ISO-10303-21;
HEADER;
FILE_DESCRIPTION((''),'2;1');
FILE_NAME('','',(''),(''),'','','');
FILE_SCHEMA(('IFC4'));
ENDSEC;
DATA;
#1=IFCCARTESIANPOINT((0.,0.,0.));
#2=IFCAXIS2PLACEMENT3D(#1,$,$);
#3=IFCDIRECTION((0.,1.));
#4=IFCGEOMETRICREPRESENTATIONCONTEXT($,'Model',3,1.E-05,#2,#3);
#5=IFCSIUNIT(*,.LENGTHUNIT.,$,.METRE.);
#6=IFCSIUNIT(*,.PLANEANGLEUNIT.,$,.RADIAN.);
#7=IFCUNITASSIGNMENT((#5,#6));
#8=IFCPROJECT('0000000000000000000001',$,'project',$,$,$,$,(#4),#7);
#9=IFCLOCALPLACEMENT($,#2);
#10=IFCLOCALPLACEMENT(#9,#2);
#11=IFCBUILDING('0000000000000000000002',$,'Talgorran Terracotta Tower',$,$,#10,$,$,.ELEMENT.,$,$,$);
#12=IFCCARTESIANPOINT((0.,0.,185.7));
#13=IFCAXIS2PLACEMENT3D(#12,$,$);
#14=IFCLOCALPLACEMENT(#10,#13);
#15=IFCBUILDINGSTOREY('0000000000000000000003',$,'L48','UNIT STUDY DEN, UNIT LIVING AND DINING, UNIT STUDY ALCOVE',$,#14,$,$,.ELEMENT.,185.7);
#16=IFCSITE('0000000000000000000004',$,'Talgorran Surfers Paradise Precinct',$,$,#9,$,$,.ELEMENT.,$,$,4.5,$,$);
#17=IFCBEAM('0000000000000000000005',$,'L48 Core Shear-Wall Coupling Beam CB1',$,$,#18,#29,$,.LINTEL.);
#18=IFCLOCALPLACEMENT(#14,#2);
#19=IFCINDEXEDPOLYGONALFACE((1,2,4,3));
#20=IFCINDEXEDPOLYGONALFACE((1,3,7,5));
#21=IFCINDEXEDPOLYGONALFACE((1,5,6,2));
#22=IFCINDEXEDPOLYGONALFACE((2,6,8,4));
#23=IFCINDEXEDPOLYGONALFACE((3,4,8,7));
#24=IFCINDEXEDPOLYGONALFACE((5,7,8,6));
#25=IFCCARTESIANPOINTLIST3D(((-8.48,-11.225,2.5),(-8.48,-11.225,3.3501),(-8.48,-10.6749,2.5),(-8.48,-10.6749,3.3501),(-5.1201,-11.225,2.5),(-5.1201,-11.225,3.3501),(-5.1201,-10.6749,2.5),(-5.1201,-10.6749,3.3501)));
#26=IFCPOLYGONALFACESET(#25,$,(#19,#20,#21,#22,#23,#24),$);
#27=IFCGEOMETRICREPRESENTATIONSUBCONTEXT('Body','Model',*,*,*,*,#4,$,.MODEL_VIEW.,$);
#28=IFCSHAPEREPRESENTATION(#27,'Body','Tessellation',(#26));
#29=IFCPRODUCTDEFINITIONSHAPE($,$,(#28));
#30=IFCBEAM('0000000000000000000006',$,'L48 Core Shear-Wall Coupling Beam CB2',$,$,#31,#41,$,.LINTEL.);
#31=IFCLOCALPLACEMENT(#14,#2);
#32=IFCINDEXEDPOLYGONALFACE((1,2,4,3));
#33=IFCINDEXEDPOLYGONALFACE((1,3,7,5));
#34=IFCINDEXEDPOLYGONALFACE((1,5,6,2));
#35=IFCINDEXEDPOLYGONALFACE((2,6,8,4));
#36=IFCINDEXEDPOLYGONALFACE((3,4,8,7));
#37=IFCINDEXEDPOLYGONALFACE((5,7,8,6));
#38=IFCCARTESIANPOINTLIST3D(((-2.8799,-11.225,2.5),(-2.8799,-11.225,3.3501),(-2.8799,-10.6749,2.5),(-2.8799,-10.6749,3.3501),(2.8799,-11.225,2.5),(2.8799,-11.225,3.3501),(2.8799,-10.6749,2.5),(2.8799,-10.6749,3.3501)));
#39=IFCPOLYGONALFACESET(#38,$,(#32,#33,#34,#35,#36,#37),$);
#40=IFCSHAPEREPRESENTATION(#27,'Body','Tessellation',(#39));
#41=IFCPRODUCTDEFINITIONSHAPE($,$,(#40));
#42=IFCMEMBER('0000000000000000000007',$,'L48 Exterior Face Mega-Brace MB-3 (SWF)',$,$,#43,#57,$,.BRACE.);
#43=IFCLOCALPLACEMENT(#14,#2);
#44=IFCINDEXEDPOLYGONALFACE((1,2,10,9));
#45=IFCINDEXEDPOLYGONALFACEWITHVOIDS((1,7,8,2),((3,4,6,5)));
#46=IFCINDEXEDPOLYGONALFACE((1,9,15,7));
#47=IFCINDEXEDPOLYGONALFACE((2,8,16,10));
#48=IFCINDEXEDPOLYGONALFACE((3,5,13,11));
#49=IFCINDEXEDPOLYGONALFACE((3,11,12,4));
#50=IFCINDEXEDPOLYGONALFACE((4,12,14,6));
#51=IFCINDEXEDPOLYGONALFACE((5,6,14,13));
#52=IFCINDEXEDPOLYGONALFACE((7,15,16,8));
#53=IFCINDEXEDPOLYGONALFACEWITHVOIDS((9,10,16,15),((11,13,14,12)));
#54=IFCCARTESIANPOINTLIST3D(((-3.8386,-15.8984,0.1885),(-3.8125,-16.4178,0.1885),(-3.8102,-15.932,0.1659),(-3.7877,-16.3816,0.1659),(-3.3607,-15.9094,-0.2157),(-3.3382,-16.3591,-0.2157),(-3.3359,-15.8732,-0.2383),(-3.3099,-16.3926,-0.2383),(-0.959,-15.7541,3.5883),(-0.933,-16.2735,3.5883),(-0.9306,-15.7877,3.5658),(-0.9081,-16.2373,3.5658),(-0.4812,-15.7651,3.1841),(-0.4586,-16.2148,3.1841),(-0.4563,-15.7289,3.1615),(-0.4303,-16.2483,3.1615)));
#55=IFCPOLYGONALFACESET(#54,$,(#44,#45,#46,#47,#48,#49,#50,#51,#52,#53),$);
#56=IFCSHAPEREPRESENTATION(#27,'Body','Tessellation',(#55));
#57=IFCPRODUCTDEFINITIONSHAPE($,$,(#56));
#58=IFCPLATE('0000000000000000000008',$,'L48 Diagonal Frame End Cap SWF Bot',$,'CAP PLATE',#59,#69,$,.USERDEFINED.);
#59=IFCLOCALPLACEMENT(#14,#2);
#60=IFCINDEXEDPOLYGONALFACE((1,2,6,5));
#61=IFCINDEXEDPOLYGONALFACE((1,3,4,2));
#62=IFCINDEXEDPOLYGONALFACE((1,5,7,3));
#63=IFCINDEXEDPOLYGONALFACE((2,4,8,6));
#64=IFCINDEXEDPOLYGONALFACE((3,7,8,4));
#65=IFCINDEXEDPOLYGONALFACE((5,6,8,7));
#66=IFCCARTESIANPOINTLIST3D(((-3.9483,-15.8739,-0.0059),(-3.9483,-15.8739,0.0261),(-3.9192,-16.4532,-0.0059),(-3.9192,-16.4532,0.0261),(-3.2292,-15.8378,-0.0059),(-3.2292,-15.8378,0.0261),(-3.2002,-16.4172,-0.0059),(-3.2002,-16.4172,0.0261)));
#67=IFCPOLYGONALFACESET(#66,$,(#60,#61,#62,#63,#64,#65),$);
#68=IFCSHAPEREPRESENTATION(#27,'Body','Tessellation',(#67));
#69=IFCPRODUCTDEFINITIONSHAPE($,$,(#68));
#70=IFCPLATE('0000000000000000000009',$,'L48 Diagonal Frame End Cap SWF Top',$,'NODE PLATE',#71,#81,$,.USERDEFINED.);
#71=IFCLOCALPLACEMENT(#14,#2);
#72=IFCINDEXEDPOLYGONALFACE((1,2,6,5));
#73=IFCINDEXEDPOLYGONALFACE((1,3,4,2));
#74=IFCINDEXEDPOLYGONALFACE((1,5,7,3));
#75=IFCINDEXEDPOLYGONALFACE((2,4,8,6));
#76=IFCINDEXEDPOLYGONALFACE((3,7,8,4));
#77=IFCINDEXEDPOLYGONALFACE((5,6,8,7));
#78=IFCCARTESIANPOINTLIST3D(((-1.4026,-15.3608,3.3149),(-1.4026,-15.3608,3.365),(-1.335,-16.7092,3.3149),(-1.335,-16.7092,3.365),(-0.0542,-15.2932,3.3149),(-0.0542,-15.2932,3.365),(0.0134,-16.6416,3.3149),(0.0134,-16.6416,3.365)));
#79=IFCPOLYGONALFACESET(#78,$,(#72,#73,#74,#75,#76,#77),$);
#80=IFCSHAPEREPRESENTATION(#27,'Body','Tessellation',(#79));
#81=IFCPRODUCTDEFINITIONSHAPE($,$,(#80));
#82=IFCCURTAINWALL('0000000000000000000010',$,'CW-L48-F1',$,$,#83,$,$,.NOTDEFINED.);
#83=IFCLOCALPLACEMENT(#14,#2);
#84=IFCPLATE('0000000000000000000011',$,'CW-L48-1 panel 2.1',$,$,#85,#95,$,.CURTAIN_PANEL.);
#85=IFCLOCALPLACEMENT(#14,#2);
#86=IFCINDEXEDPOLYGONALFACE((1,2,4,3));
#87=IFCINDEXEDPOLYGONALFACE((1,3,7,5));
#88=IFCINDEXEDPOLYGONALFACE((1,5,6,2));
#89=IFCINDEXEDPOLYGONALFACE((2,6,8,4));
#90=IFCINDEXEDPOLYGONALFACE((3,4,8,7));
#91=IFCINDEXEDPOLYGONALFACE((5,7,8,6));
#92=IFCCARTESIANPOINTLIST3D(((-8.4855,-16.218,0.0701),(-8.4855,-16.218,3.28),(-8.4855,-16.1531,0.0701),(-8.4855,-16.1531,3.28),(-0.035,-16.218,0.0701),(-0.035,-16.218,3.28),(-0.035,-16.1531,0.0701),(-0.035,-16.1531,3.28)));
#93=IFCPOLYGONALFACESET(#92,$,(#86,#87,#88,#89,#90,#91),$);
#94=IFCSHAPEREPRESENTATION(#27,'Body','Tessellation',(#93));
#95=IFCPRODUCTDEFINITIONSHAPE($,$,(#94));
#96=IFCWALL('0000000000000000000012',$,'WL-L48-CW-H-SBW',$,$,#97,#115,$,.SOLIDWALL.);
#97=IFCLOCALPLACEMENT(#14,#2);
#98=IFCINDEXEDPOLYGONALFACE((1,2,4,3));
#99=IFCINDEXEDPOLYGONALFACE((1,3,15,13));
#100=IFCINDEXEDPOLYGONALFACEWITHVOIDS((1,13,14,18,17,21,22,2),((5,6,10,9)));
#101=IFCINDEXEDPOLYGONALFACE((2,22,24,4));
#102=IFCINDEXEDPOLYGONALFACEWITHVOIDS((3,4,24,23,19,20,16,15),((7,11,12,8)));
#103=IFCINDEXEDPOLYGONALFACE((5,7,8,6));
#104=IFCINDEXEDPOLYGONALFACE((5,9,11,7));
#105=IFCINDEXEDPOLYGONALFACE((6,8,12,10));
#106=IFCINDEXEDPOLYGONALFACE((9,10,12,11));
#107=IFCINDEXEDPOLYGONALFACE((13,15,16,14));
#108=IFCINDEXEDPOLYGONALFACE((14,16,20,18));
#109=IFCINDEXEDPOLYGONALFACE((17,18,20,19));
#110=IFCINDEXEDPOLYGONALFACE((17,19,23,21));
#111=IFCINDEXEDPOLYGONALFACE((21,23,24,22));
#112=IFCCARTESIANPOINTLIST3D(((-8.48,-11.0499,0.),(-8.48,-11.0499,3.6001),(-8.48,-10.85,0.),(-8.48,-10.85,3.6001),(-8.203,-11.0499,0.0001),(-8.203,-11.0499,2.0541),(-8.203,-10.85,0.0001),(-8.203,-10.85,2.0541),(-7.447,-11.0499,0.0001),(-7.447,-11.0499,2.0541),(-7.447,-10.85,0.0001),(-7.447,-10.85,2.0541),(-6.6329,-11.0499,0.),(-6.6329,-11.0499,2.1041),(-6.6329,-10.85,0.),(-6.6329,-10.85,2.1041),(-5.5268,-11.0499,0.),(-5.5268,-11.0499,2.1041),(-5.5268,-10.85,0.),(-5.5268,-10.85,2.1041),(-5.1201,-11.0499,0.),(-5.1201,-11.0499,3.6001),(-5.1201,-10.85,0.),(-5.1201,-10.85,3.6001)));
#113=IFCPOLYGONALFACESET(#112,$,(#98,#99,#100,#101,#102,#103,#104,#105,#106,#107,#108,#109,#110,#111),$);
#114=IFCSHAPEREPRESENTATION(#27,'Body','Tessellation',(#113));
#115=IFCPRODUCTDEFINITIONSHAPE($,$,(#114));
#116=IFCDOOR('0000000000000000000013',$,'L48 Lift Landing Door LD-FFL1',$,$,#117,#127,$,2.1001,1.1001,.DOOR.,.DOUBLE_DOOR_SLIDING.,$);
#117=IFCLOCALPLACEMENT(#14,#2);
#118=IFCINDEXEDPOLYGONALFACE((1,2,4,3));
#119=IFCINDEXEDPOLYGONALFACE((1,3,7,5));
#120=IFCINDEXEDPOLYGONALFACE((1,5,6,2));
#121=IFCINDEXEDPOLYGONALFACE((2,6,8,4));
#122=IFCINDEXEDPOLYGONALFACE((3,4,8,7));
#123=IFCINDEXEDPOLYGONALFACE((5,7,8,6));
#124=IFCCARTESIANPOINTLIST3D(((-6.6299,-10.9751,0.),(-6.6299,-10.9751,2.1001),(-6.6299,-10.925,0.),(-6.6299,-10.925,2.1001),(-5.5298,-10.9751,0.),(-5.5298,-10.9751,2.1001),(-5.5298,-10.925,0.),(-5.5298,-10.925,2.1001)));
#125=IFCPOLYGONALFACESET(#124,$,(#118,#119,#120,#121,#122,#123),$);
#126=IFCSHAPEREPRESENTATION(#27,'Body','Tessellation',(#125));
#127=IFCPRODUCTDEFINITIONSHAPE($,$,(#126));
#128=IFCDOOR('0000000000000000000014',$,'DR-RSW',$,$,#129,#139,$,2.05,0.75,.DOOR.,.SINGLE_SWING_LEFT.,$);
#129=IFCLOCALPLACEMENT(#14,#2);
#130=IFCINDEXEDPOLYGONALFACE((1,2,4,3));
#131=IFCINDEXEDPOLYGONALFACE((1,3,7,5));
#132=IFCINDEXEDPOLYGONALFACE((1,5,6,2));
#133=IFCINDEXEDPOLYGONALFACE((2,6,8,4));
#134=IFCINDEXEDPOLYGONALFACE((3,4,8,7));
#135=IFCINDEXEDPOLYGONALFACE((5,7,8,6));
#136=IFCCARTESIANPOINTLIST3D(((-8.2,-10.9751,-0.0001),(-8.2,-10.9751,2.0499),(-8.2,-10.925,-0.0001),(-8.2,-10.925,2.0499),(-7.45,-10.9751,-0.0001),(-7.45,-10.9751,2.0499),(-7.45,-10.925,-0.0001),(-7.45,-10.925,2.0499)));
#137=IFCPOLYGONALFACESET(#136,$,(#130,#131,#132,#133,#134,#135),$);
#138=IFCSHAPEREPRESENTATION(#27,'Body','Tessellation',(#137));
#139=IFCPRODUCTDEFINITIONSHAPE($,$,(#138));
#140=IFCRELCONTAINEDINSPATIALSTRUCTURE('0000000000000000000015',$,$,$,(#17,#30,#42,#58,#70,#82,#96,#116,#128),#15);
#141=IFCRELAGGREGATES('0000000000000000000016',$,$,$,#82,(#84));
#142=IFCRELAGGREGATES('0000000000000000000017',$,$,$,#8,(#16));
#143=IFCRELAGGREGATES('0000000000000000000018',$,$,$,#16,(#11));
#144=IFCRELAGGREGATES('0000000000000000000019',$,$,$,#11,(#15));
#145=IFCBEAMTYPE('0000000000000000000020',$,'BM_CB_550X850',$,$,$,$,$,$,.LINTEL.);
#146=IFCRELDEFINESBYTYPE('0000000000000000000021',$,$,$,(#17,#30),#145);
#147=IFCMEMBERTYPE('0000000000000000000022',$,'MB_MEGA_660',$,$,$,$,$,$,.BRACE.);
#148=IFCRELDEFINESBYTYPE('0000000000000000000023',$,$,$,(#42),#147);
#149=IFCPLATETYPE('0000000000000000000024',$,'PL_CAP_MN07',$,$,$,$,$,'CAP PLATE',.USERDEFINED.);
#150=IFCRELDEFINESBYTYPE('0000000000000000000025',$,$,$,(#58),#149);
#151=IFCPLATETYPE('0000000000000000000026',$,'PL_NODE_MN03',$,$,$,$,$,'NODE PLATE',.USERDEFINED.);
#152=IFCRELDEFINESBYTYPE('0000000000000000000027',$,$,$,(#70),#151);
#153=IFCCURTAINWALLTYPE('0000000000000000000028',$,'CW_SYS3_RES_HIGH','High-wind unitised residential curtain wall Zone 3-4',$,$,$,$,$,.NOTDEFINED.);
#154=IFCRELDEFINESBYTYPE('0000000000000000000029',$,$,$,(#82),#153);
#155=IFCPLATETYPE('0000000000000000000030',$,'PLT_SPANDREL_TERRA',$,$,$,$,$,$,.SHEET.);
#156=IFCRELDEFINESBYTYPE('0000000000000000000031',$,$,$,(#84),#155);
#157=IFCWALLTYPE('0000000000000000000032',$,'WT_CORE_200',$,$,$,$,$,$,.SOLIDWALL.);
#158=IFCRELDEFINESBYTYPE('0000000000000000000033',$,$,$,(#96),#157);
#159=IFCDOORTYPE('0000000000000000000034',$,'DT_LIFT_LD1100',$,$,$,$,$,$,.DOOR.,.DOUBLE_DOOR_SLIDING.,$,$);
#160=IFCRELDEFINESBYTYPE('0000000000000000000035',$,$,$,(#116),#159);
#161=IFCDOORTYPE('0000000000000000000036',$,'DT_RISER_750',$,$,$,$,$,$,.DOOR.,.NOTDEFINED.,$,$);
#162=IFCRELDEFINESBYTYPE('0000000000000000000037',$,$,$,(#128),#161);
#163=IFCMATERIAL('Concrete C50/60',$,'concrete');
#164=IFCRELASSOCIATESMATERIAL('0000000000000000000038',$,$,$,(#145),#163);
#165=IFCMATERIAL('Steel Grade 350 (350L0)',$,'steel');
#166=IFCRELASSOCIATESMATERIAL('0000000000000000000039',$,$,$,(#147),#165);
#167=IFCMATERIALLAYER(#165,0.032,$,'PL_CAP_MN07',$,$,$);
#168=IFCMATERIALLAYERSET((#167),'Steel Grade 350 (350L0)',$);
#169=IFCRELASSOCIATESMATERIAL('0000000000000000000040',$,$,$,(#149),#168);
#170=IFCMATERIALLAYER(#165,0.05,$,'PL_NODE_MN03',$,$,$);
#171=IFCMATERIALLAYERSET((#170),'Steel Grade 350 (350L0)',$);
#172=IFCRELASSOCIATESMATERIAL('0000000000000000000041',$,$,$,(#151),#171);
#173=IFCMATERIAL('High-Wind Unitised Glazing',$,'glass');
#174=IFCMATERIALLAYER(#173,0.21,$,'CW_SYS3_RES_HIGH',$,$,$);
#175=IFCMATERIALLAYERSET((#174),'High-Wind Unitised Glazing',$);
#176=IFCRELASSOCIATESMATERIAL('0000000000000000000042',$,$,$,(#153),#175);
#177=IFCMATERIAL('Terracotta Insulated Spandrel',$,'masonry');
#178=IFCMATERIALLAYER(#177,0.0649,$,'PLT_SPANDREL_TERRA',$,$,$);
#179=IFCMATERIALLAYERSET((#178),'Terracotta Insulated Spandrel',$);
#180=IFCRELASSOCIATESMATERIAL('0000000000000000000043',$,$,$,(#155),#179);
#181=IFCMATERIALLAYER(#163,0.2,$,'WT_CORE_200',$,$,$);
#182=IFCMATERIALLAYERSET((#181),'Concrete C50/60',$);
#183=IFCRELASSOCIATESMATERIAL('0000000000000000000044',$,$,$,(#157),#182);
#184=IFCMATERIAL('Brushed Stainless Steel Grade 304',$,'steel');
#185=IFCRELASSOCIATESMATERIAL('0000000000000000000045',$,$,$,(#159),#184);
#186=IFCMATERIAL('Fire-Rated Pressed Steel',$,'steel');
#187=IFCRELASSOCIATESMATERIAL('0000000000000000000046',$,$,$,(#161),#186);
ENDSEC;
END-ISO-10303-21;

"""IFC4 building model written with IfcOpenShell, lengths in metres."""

from ifc_helpers import new_model, si_unit, direction, frame, frame_2d, origin, origin_2d, place, context, subcontext, project, spatial, rectangle, hollow_rectangle, extrude, source, transform, mapped, material, layer, layer_set, material_profile, profile_set, type_object, type_shapes, element, fill, aggregate, save


model = new_model("IFC4")

# Units and contexts
model_context = context("Model", 3, precision=1e-05, world=origin(), true_north=direction((0.0, 1.0)))
body_context = subcontext(model_context, "Body", "Model", "MODEL_VIEW")
ifc_project = project(units=[si_unit("LENGTHUNIT", "METRE"), si_unit("PLANEANGLEUNIT", "RADIAN")], contexts=[model_context])

# Site, building, storey
site_placement = place(None, origin())
site = spatial("IfcSite", under=ifc_project, at=site_placement, Name="Talgorran Surfers Paradise Precinct", CompositionType="ELEMENT", RefElevation=4.5)
building_placement = place(site_placement, origin())
building = spatial("IfcBuilding", under=site, at=building_placement, Name="Talgorran Terracotta Tower", CompositionType="ELEMENT")
storey_placement = place(building_placement, frame((0.0, 0.0, 185.7)))
storey = spatial("IfcBuildingStorey", under=building, at=storey_placement, Name="L48", Description="UNIT STUDY DEN, UNIT LIVING AND DINING, UNIT STUDY ALCOVE", CompositionType="ELEMENT", Elevation=185.7)

# Beams
ifc_material_1 = material(Name="Concrete C50/60", Category="concrete")
ifc_material_profile_1 = material_profile(ifc_material_1, rectangle(XDim=0.55, YDim=0.8501, at=origin_2d()), Name="RCCB550X850")
ifc_profile_set_1 = profile_set([ifc_material_profile_1], Name="Concrete C50/60")
beam_type = type_object("IfcBeamType", Name="BM_CB_550X850", PredefinedType="LINTEL", material=ifc_profile_set_1)
beam_1_placement = place(storey_placement, frame((-8.48, -10.95, 2.925), z_axis=(1.0, 0.0, 0.0), x_axis=(0.0, 1.0, 0.0)))
element("IfcBeam", 1, at=beam_1_placement, inside=storey, type_object=beam_type, Name="L48 Core Shear-Wall Coupling Beam CB1", PredefinedType="LINTEL", context=body_context, shape_type="SweptSolid", body=[
    extrude(rectangle(XDim=0.55, YDim=0.8501, at=origin_2d()), origin(), (0.0, 0.0, 1.0), 3.3599),
])
beam_2_placement = place(storey_placement, frame((-2.8799, -10.95, 2.925), z_axis=(1.0, 0.0, 0.0), x_axis=(0.0, 1.0, 0.0)))
element("IfcBeam", 2, at=beam_2_placement, inside=storey, type_object=beam_type, Name="L48 Core Shear-Wall Coupling Beam CB2", PredefinedType="LINTEL", context=body_context, shape_type="SweptSolid", body=[
    extrude(rectangle(XDim=0.55, YDim=0.8501, at=origin_2d()), origin(), (0.0, 0.0, 1.0), 5.7598),
])

# Member
ifc_material_2 = material(Name="Steel Grade 350 (350L0)", Category="steel")
ifc_material_profile_2 = material_profile(ifc_material_2, hollow_rectangle(XDim=0.52, YDim=0.6599, WallThickness=0.0349, at=origin_2d()), Name="WBOX660X520X35")
ifc_profile_set_2 = profile_set([ifc_material_profile_2], Name="Steel Grade 350 (350L0)")
member_type = type_object("IfcMemberType", Name="MB_MEGA_660", PredefinedType="BRACE", material=ifc_profile_set_2)
member_placement = place(storey_placement, frame((-3.5742, -16.1455, -0.0249), z_axis=(0.64597, 0.032367, 0.762677), x_axis=(-0.050043, 0.998747, 0.0)))
element("IfcMember", 3, at=member_placement, inside=storey, type_object=member_type, Name="L48 Exterior Face Mega-Brace MB-3 (SWF)", PredefinedType="BRACE", context=body_context, shape_type="SweptSolid", body=[
    extrude(hollow_rectangle(XDim=0.52, YDim=0.6599, WallThickness=0.0349, at=origin_2d()), origin(), (0.0, 0.0, 1.0), 4.4578),
])

# Plates
ifc_layer_1 = layer(ifc_material_2, 0.032, Name="PL_CAP_MN07")
ifc_layer_set_1 = layer_set([ifc_layer_1], Name="Steel Grade 350 (350L0)")
plate_type_1 = type_object("IfcPlateType", Name="PL_CAP_MN07", ElementType="CAP PLATE", PredefinedType="USERDEFINED", material=ifc_layer_set_1)
plate_1_placement = place(storey_placement, frame((-3.5742, -16.1455, -0.0059), z_axis=(0.0, 0.0, 1.0), x_axis=(0.998746, 0.05007, 0.0)))
element("IfcPlate", 4, at=plate_1_placement, inside=storey, type_object=plate_type_1, Name="L48 Diagonal Frame End Cap SWF Bot", ObjectType="CAP PLATE", PredefinedType="USERDEFINED", context=body_context, shape_type="SweptSolid", body=[
    extrude(rectangle(XDim=0.72, YDim=0.5801, at=origin_2d()), origin(), (0.0, 0.0, 1.0), 0.032),
])
ifc_layer_2 = layer(ifc_material_2, 0.05, Name="PL_NODE_MN03")
ifc_layer_set_2 = layer_set([ifc_layer_2], Name="Steel Grade 350 (350L0)")
plate_type_2 = type_object("IfcPlateType", Name="PL_NODE_MN03", ElementType="NODE PLATE", PredefinedType="USERDEFINED", material=ifc_layer_set_2)
plate_2_placement = place(storey_placement, frame((-0.6946, -16.0012, 3.3149), z_axis=(0.0, 0.0, 1.0), x_axis=(0.998746, 0.05007, 0.0)))
element("IfcPlate", 5, at=plate_2_placement, inside=storey, type_object=plate_type_2, Name="L48 Diagonal Frame End Cap SWF Top", ObjectType="NODE PLATE", PredefinedType="USERDEFINED", context=body_context, shape_type="SweptSolid", body=[
    extrude(rectangle(XDim=1.3501, YDim=1.3501, at=origin_2d()), origin(), (0.0, 0.0, 1.0), 0.05),
])

# Curtain wall, plate
ifc_material_3 = material(Name="High-Wind Unitised Glazing", Category="glass")
ifc_layer_3 = layer(ifc_material_3, 0.21, Name="CW_SYS3_RES_HIGH")
ifc_layer_set_3 = layer_set([ifc_layer_3], Name="High-Wind Unitised Glazing")
curtain_wall_type = type_object("IfcCurtainWallType", Name="CW_SYS3_RES_HIGH", Description="High-wind unitised residential curtain wall Zone 3-4", PredefinedType="NOTDEFINED", material=ifc_layer_set_3)
curtain_wall_placement = place(storey_placement, origin())
curtain_wall = element("IfcCurtainWall", 6, at=curtain_wall_placement, inside=storey, type_object=curtain_wall_type, Name="CW-L48-F1", PredefinedType="NOTDEFINED")
ifc_material_4 = material(Name="Terracotta Insulated Spandrel", Category="masonry")
ifc_layer_4 = layer(ifc_material_4, 0.0649, Name="PLT_SPANDREL_TERRA")
ifc_layer_set_4 = layer_set([ifc_layer_4], Name="Terracotta Insulated Spandrel")
plate_type_3 = type_object("IfcPlateType", Name="PLT_SPANDREL_TERRA", PredefinedType="SHEET", material=ifc_layer_set_4)
shared_shape = source(origin(), body_context, "Body", "SweptSolid", [
    extrude(rectangle(XDim=8.4504, YDim=0.0649, at=origin_2d()), origin(), (0.0, 0.0, 1.0), 3.21),
])
type_shapes(plate_type_3, [shared_shape])
plate_3_placement = place(storey_placement, frame((-4.2603, -16.1855, 0.0701), z_axis=(0.0, 0.0, 1.0), x_axis=(1.0, 0.0, 0.0)))
plate_3 = element("IfcPlate", 7, at=plate_3_placement, type_object=plate_type_3, Name="CW-L48-1 panel 2.1", PredefinedType="CURTAIN_PANEL", context=body_context, shape_type="MappedRepresentation", body=[
    mapped(shared_shape, transform((0.0, 0.0, 0.0), scale=1.0)),
])
aggregate(curtain_wall, [plate_3])

# Wall, openings, doors
ifc_layer_5 = layer(ifc_material_1, 0.2, Name="WT_CORE_200")
ifc_layer_set_5 = layer_set([ifc_layer_5], Name="Concrete C50/60")
wall_type_1 = type_object("IfcWallType", Name="WT_CORE_200", PredefinedType="SOLIDWALL", material=ifc_layer_set_5)
wall_1_placement = place(storey_placement, frame((-8.48, -10.95, 0.0), z_axis=(0.0, 0.0, 1.0), x_axis=(1.0, 0.0, 0.0)))
wall_1 = element("IfcWall", 8, at=wall_1_placement, inside=storey, type_object=wall_type_1, Name="WL-L48-CW-H-SBW", PredefinedType="SOLIDWALL", context=body_context, shape_type="SweptSolid", body=[
    extrude(rectangle(XDim=3.3599, YDim=0.2, at=frame_2d((1.6799, 0.0))), origin(), (0.0, 0.0, 1.0), 3.6001),
])
opening_1_placement = place(wall_1_placement, frame((0.28, 0.0, 0.0)))
opening_1 = element("IfcOpeningElement", 9, at=opening_1_placement, cuts=wall_1, PredefinedType="OPENING", context=body_context, shape_type="SweptSolid", body=[
    extrude(rectangle(XDim=0.756, YDim=2.054, at=frame_2d((0.375, 1.0271))), frame((0.0, 0.1099, 0.0), z_axis=(0.0, -1.0, 0.0), x_axis=(1.0, 0.0, 0.0)), (0.0, 0.0, 1.0), 0.22),
])
opening_2_placement = place(wall_1_placement, frame((1.8501, 0.0, 0.0)))
opening_2 = element("IfcOpeningElement", 10, at=opening_2_placement, cuts=wall_1, PredefinedType="OPENING", context=body_context, shape_type="SweptSolid", body=[
    extrude(rectangle(XDim=1.1061, YDim=2.1041, at=frame_2d((0.55, 1.052))), frame((0.0, 0.1099, 0.0), z_axis=(0.0, -1.0, 0.0), x_axis=(1.0, 0.0, 0.0)), (0.0, 0.0, 1.0), 0.22),
])
ifc_material_5 = material(Name="Brushed Stainless Steel Grade 304", Category="steel")
door_type_1 = type_object("IfcDoorType", Name="DT_LIFT_LD1100", OperationType="DOUBLE_DOOR_SLIDING", PredefinedType="DOOR", material=ifc_material_5)
door_1_placement = place(opening_2_placement, origin())
door_1 = element("IfcDoor", 11, at=door_1_placement, inside=storey, type_object=door_type_1, Name="L48 Lift Landing Door LD-FFL1", OperationType="DOUBLE_DOOR_SLIDING", OverallHeight=2.1001, OverallWidth=1.1001, PredefinedType="DOOR", context=body_context, shape_type="SweptSolid", body=[
    extrude(rectangle(XDim=1.1001, YDim=2.1001, at=frame_2d((0.55, 1.05))), frame((0.0, 0.0249, 0.0), z_axis=(0.0, -1.0, 0.0), x_axis=(1.0, 0.0, 0.0)), (0.0, 0.0, 1.0), 0.05),
])
fill(opening_2, door_1)
ifc_material_6 = material(Name="Fire-Rated Pressed Steel", Category="steel")
door_type_2 = type_object("IfcDoorType", Name="DT_RISER_750", OperationType="NOTDEFINED", PredefinedType="DOOR", material=ifc_material_6)
door_2_placement = place(opening_1_placement, origin())
door_2 = element("IfcDoor", 12, at=door_2_placement, inside=storey, type_object=door_type_2, Name="DR-RSW", OperationType="SINGLE_SWING_LEFT", OverallHeight=2.05, OverallWidth=0.75, PredefinedType="DOOR", context=body_context, shape_type="SweptSolid", body=[
    extrude(rectangle(XDim=0.75, YDim=2.05, at=frame_2d((0.375, 1.0249))), frame((0.0, 0.0249, 0.0), z_axis=(0.0, -1.0, 0.0), x_axis=(1.0, 0.0, 0.0)), (0.0, 0.0, 1.0), 0.05),
])
fill(opening_1, door_2)

save(model, "model.ifc")
